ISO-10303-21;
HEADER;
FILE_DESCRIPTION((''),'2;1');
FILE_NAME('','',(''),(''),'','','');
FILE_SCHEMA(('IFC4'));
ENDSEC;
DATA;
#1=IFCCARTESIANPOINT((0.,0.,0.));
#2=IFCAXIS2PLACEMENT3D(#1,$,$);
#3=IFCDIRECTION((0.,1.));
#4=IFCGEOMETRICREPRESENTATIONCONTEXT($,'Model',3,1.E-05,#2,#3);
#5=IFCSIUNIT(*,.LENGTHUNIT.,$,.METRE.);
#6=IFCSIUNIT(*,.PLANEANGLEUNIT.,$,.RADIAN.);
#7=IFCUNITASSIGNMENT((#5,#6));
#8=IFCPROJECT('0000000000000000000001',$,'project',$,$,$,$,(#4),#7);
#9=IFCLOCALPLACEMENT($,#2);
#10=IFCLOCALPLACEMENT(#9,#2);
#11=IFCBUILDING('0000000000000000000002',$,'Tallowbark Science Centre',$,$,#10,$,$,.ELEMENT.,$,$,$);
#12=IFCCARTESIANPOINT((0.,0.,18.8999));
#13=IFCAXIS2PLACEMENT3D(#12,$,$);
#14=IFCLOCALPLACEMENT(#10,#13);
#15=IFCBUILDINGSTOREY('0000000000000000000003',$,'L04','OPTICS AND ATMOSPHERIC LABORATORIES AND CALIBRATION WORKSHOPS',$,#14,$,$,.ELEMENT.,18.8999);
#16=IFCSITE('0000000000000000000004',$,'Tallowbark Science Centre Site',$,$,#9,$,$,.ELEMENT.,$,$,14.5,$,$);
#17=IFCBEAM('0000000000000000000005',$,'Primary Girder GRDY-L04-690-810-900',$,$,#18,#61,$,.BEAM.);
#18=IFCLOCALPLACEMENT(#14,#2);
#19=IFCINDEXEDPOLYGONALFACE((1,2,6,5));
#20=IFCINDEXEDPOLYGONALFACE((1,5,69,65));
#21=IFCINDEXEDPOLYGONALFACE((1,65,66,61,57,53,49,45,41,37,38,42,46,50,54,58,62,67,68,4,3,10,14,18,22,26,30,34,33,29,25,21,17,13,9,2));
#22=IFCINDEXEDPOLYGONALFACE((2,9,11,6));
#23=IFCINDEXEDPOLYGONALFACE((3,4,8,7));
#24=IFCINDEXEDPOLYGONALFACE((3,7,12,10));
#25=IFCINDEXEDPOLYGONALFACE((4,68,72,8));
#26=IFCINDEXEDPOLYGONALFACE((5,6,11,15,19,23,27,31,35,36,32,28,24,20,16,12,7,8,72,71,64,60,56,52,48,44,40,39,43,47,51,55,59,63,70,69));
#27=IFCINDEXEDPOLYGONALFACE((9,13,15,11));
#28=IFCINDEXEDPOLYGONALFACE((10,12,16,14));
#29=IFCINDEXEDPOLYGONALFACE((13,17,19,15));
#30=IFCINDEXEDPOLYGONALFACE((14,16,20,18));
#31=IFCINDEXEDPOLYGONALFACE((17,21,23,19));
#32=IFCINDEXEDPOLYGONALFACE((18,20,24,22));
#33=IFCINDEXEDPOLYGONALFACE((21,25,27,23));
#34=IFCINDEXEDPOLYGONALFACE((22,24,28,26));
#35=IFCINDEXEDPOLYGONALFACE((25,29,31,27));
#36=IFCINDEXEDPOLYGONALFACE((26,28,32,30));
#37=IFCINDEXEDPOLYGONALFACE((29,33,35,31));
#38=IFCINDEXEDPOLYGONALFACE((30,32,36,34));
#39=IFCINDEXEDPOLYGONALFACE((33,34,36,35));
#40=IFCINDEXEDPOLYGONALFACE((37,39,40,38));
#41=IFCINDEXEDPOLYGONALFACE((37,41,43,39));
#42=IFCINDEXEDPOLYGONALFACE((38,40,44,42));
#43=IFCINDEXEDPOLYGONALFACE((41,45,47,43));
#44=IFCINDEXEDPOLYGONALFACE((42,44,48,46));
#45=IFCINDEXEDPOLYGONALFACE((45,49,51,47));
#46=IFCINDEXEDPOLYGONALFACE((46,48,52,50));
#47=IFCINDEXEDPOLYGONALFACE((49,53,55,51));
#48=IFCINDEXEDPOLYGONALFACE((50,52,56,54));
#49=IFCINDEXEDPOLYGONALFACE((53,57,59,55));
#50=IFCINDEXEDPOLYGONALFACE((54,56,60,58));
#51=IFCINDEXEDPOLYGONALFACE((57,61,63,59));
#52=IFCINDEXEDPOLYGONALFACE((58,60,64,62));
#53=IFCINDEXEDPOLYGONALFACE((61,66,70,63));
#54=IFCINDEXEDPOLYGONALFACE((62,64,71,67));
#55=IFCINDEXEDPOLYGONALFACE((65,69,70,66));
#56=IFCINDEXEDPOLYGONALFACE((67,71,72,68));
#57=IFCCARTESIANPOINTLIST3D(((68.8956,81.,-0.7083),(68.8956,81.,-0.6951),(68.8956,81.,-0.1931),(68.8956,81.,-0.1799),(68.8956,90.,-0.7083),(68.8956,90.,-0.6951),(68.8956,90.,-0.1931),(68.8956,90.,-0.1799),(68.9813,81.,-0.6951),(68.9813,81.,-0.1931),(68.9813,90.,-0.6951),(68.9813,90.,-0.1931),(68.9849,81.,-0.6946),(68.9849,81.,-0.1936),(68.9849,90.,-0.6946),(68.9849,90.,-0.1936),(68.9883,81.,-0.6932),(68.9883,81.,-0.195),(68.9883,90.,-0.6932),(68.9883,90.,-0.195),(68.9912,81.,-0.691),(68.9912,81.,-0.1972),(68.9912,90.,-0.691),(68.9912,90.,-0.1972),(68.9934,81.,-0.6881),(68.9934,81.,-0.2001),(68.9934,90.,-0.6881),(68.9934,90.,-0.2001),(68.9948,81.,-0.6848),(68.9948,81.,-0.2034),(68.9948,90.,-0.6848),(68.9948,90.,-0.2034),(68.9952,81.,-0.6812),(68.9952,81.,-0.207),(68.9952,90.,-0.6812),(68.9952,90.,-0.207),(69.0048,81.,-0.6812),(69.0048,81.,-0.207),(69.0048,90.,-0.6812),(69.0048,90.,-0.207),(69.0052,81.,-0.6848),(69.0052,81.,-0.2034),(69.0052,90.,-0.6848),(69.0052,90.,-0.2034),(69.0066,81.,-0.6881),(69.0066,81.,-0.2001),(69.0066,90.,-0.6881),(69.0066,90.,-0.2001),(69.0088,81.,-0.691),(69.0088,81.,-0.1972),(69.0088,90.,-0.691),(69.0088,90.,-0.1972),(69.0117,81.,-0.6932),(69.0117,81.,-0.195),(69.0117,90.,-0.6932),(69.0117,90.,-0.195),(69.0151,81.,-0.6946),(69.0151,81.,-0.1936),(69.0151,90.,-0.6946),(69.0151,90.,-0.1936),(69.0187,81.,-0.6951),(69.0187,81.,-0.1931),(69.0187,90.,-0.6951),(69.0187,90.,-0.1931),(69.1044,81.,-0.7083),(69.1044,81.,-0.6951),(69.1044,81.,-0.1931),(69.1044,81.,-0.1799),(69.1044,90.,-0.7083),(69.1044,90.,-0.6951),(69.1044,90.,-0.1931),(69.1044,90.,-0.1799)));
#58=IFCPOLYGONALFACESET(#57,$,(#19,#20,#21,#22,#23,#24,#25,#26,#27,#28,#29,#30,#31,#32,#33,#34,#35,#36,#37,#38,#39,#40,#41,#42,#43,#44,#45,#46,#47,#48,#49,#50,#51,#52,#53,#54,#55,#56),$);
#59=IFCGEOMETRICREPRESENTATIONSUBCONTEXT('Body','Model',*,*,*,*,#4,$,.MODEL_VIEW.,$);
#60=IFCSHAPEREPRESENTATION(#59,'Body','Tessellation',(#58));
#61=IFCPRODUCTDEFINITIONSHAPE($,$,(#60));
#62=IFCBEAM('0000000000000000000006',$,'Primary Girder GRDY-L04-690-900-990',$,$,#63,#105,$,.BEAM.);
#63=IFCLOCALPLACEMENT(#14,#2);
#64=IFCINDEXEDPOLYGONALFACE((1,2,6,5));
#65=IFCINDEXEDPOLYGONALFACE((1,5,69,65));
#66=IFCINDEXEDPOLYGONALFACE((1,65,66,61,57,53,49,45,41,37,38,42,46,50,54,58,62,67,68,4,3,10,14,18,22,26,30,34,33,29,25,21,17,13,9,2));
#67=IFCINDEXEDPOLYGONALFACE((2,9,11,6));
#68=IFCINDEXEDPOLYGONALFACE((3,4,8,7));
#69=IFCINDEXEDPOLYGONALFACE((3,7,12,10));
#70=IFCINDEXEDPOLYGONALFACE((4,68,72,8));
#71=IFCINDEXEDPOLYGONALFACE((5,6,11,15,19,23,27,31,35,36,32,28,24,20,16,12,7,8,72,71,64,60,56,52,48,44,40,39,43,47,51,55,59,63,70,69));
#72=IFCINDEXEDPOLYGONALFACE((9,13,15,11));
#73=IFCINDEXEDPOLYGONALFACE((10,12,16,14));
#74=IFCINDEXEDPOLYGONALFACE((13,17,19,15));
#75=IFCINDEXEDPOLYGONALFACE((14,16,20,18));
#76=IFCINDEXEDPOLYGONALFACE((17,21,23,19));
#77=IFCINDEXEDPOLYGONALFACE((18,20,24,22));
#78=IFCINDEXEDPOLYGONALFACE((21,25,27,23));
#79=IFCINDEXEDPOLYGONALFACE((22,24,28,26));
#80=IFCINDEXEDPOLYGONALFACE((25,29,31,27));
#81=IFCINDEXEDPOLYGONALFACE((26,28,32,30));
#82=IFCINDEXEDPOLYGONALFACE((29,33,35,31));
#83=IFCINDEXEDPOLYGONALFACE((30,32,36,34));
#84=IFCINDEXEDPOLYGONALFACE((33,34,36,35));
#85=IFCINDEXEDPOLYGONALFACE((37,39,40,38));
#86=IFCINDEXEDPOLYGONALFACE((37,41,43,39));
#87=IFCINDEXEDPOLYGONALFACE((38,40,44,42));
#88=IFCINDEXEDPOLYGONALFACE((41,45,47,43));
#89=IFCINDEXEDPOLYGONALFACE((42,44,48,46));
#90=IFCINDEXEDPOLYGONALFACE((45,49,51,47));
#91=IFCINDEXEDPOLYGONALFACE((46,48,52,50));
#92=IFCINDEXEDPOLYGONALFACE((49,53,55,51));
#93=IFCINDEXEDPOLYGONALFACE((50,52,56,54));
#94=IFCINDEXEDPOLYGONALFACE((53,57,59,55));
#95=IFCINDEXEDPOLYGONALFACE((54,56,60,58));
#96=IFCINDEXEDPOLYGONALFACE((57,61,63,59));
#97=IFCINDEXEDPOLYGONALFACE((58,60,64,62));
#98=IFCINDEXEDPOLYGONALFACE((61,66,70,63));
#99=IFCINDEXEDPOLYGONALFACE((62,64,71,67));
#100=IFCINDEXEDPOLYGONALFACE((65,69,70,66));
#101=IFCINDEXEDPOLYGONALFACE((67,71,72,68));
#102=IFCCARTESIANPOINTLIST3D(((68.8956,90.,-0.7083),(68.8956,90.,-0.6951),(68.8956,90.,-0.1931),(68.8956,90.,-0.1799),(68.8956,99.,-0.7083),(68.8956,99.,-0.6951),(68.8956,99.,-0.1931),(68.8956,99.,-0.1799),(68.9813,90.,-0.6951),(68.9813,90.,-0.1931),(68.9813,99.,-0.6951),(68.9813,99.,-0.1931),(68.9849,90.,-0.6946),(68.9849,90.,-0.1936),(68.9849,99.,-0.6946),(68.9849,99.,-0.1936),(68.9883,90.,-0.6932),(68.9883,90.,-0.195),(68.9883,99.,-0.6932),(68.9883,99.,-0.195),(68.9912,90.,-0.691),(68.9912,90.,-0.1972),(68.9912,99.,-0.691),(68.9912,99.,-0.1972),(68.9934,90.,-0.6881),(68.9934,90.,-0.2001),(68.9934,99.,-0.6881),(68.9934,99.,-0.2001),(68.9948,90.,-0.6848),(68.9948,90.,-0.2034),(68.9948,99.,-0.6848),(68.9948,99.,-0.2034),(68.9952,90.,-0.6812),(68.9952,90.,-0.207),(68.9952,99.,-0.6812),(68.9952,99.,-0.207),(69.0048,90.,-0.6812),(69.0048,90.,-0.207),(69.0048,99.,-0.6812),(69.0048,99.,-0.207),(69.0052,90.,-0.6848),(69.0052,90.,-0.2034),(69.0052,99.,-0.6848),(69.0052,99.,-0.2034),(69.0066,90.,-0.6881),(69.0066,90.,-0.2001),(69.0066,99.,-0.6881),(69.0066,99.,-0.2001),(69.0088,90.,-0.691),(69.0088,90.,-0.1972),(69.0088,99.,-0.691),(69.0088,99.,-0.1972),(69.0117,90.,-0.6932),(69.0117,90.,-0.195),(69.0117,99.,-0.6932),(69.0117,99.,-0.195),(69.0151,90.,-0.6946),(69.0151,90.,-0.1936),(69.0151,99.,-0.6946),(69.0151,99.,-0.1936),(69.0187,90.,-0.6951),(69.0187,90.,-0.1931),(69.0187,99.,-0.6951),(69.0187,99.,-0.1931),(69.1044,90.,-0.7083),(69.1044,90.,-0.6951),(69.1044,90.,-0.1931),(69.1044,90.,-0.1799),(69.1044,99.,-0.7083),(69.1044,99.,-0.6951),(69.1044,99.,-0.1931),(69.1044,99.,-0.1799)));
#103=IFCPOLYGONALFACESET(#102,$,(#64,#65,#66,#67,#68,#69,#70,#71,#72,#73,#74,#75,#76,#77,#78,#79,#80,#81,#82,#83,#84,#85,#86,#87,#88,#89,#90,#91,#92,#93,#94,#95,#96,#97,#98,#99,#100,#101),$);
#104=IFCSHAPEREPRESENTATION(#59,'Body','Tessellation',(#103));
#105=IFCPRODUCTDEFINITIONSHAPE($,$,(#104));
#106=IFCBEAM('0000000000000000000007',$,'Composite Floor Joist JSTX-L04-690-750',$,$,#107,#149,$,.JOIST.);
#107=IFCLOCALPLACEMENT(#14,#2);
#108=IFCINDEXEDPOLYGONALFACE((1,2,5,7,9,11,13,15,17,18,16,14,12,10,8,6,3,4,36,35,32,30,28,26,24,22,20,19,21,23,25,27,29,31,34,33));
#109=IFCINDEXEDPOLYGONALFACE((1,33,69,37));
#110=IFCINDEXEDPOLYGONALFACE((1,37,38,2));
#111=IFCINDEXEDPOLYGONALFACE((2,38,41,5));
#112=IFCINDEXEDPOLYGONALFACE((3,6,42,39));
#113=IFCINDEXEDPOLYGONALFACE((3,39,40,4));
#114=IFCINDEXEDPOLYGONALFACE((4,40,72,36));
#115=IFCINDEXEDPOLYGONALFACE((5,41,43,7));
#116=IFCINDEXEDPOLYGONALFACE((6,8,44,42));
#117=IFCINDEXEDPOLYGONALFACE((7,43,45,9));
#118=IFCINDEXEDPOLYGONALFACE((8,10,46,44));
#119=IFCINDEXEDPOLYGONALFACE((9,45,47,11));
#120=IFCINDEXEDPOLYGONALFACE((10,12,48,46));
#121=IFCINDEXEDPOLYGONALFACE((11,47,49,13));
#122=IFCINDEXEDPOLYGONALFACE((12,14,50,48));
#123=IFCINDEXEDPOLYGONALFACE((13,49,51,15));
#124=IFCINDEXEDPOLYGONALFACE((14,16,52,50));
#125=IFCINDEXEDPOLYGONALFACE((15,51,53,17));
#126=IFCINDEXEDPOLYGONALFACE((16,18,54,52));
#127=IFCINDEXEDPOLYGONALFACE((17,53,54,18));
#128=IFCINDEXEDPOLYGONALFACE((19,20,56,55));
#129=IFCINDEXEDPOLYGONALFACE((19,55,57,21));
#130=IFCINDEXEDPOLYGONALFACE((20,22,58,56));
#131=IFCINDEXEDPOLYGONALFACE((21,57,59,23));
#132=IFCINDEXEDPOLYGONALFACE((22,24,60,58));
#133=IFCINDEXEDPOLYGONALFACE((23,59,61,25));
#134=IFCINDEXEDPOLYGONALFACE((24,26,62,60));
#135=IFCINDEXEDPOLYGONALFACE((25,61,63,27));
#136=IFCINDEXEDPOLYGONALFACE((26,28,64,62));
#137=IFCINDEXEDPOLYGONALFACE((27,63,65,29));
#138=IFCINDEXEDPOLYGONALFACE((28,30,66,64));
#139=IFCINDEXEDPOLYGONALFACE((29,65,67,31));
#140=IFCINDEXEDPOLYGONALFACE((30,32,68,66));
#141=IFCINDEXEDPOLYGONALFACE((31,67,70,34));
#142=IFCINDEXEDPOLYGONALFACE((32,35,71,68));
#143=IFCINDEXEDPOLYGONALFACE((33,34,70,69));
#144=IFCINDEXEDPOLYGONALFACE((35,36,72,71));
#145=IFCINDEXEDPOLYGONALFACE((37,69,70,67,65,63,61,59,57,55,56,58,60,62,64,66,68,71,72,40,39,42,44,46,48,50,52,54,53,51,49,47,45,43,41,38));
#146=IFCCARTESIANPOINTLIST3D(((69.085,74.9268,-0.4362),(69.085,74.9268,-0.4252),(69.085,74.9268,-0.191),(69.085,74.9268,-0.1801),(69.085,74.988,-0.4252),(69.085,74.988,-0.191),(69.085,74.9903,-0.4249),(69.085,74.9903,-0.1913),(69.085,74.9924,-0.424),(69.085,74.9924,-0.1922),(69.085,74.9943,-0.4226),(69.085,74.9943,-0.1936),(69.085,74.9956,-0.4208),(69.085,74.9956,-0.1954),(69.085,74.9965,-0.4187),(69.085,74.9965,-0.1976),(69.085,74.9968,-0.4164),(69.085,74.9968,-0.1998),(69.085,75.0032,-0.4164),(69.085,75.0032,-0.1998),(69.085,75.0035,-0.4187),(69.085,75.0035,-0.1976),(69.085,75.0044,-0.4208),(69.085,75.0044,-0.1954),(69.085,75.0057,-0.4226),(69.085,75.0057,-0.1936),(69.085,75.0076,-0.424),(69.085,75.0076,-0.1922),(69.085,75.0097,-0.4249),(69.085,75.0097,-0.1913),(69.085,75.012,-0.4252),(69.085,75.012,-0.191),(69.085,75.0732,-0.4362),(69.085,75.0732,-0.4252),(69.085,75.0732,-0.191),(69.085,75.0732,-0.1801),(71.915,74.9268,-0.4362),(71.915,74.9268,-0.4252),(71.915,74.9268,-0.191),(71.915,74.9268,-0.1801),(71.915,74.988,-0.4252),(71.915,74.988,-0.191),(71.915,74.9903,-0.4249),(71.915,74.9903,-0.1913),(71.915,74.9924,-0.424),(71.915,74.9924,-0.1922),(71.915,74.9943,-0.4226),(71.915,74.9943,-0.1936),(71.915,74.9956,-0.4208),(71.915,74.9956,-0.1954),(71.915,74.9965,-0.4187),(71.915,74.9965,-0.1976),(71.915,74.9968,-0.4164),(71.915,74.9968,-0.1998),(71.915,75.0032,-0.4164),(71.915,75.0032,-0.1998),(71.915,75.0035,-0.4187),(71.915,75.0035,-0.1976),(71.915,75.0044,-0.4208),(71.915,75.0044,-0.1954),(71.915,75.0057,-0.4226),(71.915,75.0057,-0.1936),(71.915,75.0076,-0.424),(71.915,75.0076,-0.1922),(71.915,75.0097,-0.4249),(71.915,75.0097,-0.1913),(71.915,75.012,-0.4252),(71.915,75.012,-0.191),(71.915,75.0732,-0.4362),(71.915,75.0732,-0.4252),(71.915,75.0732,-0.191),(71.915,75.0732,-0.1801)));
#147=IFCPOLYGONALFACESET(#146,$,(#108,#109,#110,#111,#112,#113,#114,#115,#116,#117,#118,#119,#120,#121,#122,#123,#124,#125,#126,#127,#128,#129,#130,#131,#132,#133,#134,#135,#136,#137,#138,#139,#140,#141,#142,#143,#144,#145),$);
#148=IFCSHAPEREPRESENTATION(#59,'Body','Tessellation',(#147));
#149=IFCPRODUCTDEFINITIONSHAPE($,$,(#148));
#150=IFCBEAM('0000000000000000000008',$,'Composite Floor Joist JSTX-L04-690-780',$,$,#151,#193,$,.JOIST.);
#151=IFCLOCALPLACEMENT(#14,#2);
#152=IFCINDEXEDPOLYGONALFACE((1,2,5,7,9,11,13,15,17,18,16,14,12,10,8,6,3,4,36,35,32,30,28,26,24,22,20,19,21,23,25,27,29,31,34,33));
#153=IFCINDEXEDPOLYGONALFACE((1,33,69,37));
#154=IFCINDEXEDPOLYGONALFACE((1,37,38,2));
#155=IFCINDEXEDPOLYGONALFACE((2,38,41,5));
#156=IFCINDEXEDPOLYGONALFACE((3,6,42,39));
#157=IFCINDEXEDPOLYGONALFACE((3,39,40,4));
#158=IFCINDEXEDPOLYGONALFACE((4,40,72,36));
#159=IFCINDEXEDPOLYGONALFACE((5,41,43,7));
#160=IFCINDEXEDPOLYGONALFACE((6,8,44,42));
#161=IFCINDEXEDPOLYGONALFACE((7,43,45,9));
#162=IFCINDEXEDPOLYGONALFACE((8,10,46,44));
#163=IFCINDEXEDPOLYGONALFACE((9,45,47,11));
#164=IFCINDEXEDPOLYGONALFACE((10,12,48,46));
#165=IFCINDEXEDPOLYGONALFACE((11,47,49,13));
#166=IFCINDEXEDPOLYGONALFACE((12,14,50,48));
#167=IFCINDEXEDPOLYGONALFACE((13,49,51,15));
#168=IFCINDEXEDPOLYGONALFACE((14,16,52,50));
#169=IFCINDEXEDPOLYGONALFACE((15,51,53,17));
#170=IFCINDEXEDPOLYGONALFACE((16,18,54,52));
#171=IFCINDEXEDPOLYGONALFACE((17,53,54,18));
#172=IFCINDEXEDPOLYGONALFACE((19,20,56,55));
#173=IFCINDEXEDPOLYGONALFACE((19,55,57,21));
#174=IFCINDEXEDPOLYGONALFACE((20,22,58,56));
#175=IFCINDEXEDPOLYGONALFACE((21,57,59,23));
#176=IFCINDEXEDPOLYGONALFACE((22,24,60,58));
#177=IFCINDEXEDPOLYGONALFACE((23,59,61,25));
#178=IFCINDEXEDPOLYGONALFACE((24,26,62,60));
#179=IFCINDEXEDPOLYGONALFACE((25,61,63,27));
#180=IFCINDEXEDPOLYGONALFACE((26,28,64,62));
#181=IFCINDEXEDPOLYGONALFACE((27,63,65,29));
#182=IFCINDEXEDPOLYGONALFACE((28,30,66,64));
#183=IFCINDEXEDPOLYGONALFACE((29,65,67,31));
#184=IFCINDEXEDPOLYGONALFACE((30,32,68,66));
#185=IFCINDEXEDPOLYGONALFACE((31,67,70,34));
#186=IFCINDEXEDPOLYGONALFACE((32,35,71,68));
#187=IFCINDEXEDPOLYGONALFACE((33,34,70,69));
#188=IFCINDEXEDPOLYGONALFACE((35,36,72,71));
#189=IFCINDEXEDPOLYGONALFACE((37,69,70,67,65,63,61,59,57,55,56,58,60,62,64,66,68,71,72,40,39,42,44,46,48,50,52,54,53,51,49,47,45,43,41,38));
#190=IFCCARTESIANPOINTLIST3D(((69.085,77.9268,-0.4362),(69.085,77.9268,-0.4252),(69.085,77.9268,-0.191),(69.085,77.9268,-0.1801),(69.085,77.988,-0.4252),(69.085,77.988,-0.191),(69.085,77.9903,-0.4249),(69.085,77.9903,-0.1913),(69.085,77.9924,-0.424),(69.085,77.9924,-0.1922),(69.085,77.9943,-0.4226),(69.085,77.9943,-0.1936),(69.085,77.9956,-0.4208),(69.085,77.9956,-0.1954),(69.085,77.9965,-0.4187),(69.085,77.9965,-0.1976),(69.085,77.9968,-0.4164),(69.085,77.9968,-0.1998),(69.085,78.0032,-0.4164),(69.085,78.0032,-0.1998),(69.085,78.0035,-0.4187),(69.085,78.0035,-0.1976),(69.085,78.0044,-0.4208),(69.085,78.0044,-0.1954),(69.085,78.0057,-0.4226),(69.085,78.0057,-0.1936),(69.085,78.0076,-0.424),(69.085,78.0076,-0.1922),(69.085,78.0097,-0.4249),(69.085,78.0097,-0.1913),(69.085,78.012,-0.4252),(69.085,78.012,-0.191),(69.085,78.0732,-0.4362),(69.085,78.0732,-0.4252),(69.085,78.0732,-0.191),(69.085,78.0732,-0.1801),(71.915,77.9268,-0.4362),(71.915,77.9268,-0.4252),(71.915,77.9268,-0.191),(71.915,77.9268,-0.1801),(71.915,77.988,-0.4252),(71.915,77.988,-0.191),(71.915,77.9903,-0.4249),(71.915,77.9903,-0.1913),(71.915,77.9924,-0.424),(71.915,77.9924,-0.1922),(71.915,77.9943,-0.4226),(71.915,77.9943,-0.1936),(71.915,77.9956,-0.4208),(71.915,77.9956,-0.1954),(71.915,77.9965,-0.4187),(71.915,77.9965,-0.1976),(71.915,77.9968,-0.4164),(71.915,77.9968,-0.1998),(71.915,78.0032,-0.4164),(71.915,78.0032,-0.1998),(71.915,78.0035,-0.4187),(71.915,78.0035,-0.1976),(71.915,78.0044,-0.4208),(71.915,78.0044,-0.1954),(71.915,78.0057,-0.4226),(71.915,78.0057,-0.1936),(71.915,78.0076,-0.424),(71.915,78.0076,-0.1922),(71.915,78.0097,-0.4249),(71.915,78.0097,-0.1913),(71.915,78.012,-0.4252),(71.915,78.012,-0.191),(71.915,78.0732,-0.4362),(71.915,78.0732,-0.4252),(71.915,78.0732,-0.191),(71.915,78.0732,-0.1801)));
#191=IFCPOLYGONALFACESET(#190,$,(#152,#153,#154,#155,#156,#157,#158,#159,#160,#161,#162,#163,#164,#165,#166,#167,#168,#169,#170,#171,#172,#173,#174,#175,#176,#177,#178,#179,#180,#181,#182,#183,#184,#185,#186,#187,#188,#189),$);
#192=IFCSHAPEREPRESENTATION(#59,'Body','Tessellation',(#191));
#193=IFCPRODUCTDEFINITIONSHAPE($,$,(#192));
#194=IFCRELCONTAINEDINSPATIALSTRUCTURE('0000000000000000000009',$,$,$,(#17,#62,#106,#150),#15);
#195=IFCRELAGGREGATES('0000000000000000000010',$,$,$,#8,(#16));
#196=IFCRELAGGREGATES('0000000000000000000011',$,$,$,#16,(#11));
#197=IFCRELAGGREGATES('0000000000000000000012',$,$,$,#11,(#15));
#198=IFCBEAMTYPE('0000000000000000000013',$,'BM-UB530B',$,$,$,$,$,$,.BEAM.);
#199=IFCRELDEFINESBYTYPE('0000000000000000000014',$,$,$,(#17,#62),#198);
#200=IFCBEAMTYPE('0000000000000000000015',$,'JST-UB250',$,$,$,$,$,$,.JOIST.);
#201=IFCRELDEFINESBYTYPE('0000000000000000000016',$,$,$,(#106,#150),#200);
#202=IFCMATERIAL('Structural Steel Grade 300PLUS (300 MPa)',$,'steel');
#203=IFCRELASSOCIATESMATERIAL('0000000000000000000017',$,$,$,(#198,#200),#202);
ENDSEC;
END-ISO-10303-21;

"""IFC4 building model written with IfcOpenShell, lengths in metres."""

from ifc_helpers import new_model, si_unit, direction, frame, origin, origin_2d, place, context, subcontext, project, spatial, i_section, extrude, material, material_profile, profile_set, type_object, element, save


model = new_model("IFC4")

# Units and contexts
model_context = context("Model", 3, precision=1e-05, world=origin(), true_north=direction((0.0, 1.0)))
body_context = subcontext(model_context, "Body", "Model", "MODEL_VIEW")
ifc_project = project(units=[si_unit("LENGTHUNIT", "METRE"), si_unit("PLANEANGLEUNIT", "RADIAN")], contexts=[model_context])

# Site, building, storey
site_placement = place(None, origin())
site = spatial("IfcSite", under=ifc_project, at=site_placement, Name="Tallowbark Science Centre Site", CompositionType="ELEMENT", RefElevation=14.5)
building_placement = place(site_placement, origin())
building = spatial("IfcBuilding", under=site, at=building_placement, Name="Tallowbark Science Centre", CompositionType="ELEMENT")
storey_placement = place(building_placement, frame((0.0, 0.0, 18.8999)))
storey = spatial("IfcBuildingStorey", under=building, at=storey_placement, Name="L04", Description="OPTICS AND ATMOSPHERIC LABORATORIES AND CALIBRATION WORKSHOPS", CompositionType="ELEMENT", Elevation=18.8999)

# Beams
ifc_material_1 = material(Name="Structural Steel Grade 300PLUS (300 MPa)", Category="steel")
ifc_material_profile_1 = material_profile(ifc_material_1, i_section(OverallWidth=0.2087, OverallDepth=0.5283, WebThickness=0.0095, FlangeThickness=0.0132, FilletRadius=0.0139, at=origin_2d()), Name="530UB82.0")
ifc_profile_set_1 = profile_set([ifc_material_profile_1], Name="Structural Steel Grade 300PLUS (300 MPa)")
beam_type_1 = type_object("IfcBeamType", Name="BM-UB530B", PredefinedType="BEAM", material=ifc_profile_set_1)
for number, where, z_axis, x_axis, name in (
    (1, (69.0, 81.0, -0.4441), (0.0, 1.0, 0.0), (-1.0, 0.0, 0.0), "Primary Girder GRDY-L04-690-810-900"),
    (2, (69.0, 90.0, -0.4441), (0.0, 1.0, 0.0), (-1.0, 0.0, 0.0), "Primary Girder GRDY-L04-690-900-990"),
):
    element("IfcBeam", number, at=place(storey_placement, frame(where, z_axis=z_axis, x_axis=x_axis)), inside=storey, type_object=beam_type_1, Name=name, PredefinedType="BEAM", context=body_context, shape_type="SweptSolid", body=[
        extrude(i_section(OverallWidth=0.2087, OverallDepth=0.5283, WebThickness=0.0095, FlangeThickness=0.0132, FilletRadius=0.0139, at=origin_2d()), origin(), (0.0, 0.0, 1.0), 9.0),
    ])
ifc_material_profile_2 = material_profile(ifc_material_1, i_section(OverallWidth=0.1465, OverallDepth=0.2561, WebThickness=0.0063, FlangeThickness=0.011, FilletRadius=0.0088, at=origin_2d()), Name="250UB37.3")
ifc_profile_set_2 = profile_set([ifc_material_profile_2], Name="Structural Steel Grade 300PLUS (300 MPa)")
beam_type_2 = type_object("IfcBeamType", Name="JST-UB250", PredefinedType="JOIST", material=ifc_profile_set_2)
for number, where, z_axis, x_axis, name in (
    (3, (69.085, 75.0, -0.3081), (1.0, 0.0, 0.0), (0.0, 1.0, 0.0), "Composite Floor Joist JSTX-L04-690-750"),
    (4, (69.085, 78.0, -0.3081), (1.0, 0.0, 0.0), (0.0, 1.0, 0.0), "Composite Floor Joist JSTX-L04-690-780"),
):
    element("IfcBeam", number, at=place(storey_placement, frame(where, z_axis=z_axis, x_axis=x_axis)), inside=storey, type_object=beam_type_2, Name=name, PredefinedType="JOIST", context=body_context, shape_type="SweptSolid", body=[
        extrude(i_section(OverallWidth=0.1465, OverallDepth=0.2561, WebThickness=0.0063, FlangeThickness=0.011, FilletRadius=0.0088, at=origin_2d()), origin(), (0.0, 0.0, 1.0), 2.8301),
    ])

save(model, "model.ifc")
